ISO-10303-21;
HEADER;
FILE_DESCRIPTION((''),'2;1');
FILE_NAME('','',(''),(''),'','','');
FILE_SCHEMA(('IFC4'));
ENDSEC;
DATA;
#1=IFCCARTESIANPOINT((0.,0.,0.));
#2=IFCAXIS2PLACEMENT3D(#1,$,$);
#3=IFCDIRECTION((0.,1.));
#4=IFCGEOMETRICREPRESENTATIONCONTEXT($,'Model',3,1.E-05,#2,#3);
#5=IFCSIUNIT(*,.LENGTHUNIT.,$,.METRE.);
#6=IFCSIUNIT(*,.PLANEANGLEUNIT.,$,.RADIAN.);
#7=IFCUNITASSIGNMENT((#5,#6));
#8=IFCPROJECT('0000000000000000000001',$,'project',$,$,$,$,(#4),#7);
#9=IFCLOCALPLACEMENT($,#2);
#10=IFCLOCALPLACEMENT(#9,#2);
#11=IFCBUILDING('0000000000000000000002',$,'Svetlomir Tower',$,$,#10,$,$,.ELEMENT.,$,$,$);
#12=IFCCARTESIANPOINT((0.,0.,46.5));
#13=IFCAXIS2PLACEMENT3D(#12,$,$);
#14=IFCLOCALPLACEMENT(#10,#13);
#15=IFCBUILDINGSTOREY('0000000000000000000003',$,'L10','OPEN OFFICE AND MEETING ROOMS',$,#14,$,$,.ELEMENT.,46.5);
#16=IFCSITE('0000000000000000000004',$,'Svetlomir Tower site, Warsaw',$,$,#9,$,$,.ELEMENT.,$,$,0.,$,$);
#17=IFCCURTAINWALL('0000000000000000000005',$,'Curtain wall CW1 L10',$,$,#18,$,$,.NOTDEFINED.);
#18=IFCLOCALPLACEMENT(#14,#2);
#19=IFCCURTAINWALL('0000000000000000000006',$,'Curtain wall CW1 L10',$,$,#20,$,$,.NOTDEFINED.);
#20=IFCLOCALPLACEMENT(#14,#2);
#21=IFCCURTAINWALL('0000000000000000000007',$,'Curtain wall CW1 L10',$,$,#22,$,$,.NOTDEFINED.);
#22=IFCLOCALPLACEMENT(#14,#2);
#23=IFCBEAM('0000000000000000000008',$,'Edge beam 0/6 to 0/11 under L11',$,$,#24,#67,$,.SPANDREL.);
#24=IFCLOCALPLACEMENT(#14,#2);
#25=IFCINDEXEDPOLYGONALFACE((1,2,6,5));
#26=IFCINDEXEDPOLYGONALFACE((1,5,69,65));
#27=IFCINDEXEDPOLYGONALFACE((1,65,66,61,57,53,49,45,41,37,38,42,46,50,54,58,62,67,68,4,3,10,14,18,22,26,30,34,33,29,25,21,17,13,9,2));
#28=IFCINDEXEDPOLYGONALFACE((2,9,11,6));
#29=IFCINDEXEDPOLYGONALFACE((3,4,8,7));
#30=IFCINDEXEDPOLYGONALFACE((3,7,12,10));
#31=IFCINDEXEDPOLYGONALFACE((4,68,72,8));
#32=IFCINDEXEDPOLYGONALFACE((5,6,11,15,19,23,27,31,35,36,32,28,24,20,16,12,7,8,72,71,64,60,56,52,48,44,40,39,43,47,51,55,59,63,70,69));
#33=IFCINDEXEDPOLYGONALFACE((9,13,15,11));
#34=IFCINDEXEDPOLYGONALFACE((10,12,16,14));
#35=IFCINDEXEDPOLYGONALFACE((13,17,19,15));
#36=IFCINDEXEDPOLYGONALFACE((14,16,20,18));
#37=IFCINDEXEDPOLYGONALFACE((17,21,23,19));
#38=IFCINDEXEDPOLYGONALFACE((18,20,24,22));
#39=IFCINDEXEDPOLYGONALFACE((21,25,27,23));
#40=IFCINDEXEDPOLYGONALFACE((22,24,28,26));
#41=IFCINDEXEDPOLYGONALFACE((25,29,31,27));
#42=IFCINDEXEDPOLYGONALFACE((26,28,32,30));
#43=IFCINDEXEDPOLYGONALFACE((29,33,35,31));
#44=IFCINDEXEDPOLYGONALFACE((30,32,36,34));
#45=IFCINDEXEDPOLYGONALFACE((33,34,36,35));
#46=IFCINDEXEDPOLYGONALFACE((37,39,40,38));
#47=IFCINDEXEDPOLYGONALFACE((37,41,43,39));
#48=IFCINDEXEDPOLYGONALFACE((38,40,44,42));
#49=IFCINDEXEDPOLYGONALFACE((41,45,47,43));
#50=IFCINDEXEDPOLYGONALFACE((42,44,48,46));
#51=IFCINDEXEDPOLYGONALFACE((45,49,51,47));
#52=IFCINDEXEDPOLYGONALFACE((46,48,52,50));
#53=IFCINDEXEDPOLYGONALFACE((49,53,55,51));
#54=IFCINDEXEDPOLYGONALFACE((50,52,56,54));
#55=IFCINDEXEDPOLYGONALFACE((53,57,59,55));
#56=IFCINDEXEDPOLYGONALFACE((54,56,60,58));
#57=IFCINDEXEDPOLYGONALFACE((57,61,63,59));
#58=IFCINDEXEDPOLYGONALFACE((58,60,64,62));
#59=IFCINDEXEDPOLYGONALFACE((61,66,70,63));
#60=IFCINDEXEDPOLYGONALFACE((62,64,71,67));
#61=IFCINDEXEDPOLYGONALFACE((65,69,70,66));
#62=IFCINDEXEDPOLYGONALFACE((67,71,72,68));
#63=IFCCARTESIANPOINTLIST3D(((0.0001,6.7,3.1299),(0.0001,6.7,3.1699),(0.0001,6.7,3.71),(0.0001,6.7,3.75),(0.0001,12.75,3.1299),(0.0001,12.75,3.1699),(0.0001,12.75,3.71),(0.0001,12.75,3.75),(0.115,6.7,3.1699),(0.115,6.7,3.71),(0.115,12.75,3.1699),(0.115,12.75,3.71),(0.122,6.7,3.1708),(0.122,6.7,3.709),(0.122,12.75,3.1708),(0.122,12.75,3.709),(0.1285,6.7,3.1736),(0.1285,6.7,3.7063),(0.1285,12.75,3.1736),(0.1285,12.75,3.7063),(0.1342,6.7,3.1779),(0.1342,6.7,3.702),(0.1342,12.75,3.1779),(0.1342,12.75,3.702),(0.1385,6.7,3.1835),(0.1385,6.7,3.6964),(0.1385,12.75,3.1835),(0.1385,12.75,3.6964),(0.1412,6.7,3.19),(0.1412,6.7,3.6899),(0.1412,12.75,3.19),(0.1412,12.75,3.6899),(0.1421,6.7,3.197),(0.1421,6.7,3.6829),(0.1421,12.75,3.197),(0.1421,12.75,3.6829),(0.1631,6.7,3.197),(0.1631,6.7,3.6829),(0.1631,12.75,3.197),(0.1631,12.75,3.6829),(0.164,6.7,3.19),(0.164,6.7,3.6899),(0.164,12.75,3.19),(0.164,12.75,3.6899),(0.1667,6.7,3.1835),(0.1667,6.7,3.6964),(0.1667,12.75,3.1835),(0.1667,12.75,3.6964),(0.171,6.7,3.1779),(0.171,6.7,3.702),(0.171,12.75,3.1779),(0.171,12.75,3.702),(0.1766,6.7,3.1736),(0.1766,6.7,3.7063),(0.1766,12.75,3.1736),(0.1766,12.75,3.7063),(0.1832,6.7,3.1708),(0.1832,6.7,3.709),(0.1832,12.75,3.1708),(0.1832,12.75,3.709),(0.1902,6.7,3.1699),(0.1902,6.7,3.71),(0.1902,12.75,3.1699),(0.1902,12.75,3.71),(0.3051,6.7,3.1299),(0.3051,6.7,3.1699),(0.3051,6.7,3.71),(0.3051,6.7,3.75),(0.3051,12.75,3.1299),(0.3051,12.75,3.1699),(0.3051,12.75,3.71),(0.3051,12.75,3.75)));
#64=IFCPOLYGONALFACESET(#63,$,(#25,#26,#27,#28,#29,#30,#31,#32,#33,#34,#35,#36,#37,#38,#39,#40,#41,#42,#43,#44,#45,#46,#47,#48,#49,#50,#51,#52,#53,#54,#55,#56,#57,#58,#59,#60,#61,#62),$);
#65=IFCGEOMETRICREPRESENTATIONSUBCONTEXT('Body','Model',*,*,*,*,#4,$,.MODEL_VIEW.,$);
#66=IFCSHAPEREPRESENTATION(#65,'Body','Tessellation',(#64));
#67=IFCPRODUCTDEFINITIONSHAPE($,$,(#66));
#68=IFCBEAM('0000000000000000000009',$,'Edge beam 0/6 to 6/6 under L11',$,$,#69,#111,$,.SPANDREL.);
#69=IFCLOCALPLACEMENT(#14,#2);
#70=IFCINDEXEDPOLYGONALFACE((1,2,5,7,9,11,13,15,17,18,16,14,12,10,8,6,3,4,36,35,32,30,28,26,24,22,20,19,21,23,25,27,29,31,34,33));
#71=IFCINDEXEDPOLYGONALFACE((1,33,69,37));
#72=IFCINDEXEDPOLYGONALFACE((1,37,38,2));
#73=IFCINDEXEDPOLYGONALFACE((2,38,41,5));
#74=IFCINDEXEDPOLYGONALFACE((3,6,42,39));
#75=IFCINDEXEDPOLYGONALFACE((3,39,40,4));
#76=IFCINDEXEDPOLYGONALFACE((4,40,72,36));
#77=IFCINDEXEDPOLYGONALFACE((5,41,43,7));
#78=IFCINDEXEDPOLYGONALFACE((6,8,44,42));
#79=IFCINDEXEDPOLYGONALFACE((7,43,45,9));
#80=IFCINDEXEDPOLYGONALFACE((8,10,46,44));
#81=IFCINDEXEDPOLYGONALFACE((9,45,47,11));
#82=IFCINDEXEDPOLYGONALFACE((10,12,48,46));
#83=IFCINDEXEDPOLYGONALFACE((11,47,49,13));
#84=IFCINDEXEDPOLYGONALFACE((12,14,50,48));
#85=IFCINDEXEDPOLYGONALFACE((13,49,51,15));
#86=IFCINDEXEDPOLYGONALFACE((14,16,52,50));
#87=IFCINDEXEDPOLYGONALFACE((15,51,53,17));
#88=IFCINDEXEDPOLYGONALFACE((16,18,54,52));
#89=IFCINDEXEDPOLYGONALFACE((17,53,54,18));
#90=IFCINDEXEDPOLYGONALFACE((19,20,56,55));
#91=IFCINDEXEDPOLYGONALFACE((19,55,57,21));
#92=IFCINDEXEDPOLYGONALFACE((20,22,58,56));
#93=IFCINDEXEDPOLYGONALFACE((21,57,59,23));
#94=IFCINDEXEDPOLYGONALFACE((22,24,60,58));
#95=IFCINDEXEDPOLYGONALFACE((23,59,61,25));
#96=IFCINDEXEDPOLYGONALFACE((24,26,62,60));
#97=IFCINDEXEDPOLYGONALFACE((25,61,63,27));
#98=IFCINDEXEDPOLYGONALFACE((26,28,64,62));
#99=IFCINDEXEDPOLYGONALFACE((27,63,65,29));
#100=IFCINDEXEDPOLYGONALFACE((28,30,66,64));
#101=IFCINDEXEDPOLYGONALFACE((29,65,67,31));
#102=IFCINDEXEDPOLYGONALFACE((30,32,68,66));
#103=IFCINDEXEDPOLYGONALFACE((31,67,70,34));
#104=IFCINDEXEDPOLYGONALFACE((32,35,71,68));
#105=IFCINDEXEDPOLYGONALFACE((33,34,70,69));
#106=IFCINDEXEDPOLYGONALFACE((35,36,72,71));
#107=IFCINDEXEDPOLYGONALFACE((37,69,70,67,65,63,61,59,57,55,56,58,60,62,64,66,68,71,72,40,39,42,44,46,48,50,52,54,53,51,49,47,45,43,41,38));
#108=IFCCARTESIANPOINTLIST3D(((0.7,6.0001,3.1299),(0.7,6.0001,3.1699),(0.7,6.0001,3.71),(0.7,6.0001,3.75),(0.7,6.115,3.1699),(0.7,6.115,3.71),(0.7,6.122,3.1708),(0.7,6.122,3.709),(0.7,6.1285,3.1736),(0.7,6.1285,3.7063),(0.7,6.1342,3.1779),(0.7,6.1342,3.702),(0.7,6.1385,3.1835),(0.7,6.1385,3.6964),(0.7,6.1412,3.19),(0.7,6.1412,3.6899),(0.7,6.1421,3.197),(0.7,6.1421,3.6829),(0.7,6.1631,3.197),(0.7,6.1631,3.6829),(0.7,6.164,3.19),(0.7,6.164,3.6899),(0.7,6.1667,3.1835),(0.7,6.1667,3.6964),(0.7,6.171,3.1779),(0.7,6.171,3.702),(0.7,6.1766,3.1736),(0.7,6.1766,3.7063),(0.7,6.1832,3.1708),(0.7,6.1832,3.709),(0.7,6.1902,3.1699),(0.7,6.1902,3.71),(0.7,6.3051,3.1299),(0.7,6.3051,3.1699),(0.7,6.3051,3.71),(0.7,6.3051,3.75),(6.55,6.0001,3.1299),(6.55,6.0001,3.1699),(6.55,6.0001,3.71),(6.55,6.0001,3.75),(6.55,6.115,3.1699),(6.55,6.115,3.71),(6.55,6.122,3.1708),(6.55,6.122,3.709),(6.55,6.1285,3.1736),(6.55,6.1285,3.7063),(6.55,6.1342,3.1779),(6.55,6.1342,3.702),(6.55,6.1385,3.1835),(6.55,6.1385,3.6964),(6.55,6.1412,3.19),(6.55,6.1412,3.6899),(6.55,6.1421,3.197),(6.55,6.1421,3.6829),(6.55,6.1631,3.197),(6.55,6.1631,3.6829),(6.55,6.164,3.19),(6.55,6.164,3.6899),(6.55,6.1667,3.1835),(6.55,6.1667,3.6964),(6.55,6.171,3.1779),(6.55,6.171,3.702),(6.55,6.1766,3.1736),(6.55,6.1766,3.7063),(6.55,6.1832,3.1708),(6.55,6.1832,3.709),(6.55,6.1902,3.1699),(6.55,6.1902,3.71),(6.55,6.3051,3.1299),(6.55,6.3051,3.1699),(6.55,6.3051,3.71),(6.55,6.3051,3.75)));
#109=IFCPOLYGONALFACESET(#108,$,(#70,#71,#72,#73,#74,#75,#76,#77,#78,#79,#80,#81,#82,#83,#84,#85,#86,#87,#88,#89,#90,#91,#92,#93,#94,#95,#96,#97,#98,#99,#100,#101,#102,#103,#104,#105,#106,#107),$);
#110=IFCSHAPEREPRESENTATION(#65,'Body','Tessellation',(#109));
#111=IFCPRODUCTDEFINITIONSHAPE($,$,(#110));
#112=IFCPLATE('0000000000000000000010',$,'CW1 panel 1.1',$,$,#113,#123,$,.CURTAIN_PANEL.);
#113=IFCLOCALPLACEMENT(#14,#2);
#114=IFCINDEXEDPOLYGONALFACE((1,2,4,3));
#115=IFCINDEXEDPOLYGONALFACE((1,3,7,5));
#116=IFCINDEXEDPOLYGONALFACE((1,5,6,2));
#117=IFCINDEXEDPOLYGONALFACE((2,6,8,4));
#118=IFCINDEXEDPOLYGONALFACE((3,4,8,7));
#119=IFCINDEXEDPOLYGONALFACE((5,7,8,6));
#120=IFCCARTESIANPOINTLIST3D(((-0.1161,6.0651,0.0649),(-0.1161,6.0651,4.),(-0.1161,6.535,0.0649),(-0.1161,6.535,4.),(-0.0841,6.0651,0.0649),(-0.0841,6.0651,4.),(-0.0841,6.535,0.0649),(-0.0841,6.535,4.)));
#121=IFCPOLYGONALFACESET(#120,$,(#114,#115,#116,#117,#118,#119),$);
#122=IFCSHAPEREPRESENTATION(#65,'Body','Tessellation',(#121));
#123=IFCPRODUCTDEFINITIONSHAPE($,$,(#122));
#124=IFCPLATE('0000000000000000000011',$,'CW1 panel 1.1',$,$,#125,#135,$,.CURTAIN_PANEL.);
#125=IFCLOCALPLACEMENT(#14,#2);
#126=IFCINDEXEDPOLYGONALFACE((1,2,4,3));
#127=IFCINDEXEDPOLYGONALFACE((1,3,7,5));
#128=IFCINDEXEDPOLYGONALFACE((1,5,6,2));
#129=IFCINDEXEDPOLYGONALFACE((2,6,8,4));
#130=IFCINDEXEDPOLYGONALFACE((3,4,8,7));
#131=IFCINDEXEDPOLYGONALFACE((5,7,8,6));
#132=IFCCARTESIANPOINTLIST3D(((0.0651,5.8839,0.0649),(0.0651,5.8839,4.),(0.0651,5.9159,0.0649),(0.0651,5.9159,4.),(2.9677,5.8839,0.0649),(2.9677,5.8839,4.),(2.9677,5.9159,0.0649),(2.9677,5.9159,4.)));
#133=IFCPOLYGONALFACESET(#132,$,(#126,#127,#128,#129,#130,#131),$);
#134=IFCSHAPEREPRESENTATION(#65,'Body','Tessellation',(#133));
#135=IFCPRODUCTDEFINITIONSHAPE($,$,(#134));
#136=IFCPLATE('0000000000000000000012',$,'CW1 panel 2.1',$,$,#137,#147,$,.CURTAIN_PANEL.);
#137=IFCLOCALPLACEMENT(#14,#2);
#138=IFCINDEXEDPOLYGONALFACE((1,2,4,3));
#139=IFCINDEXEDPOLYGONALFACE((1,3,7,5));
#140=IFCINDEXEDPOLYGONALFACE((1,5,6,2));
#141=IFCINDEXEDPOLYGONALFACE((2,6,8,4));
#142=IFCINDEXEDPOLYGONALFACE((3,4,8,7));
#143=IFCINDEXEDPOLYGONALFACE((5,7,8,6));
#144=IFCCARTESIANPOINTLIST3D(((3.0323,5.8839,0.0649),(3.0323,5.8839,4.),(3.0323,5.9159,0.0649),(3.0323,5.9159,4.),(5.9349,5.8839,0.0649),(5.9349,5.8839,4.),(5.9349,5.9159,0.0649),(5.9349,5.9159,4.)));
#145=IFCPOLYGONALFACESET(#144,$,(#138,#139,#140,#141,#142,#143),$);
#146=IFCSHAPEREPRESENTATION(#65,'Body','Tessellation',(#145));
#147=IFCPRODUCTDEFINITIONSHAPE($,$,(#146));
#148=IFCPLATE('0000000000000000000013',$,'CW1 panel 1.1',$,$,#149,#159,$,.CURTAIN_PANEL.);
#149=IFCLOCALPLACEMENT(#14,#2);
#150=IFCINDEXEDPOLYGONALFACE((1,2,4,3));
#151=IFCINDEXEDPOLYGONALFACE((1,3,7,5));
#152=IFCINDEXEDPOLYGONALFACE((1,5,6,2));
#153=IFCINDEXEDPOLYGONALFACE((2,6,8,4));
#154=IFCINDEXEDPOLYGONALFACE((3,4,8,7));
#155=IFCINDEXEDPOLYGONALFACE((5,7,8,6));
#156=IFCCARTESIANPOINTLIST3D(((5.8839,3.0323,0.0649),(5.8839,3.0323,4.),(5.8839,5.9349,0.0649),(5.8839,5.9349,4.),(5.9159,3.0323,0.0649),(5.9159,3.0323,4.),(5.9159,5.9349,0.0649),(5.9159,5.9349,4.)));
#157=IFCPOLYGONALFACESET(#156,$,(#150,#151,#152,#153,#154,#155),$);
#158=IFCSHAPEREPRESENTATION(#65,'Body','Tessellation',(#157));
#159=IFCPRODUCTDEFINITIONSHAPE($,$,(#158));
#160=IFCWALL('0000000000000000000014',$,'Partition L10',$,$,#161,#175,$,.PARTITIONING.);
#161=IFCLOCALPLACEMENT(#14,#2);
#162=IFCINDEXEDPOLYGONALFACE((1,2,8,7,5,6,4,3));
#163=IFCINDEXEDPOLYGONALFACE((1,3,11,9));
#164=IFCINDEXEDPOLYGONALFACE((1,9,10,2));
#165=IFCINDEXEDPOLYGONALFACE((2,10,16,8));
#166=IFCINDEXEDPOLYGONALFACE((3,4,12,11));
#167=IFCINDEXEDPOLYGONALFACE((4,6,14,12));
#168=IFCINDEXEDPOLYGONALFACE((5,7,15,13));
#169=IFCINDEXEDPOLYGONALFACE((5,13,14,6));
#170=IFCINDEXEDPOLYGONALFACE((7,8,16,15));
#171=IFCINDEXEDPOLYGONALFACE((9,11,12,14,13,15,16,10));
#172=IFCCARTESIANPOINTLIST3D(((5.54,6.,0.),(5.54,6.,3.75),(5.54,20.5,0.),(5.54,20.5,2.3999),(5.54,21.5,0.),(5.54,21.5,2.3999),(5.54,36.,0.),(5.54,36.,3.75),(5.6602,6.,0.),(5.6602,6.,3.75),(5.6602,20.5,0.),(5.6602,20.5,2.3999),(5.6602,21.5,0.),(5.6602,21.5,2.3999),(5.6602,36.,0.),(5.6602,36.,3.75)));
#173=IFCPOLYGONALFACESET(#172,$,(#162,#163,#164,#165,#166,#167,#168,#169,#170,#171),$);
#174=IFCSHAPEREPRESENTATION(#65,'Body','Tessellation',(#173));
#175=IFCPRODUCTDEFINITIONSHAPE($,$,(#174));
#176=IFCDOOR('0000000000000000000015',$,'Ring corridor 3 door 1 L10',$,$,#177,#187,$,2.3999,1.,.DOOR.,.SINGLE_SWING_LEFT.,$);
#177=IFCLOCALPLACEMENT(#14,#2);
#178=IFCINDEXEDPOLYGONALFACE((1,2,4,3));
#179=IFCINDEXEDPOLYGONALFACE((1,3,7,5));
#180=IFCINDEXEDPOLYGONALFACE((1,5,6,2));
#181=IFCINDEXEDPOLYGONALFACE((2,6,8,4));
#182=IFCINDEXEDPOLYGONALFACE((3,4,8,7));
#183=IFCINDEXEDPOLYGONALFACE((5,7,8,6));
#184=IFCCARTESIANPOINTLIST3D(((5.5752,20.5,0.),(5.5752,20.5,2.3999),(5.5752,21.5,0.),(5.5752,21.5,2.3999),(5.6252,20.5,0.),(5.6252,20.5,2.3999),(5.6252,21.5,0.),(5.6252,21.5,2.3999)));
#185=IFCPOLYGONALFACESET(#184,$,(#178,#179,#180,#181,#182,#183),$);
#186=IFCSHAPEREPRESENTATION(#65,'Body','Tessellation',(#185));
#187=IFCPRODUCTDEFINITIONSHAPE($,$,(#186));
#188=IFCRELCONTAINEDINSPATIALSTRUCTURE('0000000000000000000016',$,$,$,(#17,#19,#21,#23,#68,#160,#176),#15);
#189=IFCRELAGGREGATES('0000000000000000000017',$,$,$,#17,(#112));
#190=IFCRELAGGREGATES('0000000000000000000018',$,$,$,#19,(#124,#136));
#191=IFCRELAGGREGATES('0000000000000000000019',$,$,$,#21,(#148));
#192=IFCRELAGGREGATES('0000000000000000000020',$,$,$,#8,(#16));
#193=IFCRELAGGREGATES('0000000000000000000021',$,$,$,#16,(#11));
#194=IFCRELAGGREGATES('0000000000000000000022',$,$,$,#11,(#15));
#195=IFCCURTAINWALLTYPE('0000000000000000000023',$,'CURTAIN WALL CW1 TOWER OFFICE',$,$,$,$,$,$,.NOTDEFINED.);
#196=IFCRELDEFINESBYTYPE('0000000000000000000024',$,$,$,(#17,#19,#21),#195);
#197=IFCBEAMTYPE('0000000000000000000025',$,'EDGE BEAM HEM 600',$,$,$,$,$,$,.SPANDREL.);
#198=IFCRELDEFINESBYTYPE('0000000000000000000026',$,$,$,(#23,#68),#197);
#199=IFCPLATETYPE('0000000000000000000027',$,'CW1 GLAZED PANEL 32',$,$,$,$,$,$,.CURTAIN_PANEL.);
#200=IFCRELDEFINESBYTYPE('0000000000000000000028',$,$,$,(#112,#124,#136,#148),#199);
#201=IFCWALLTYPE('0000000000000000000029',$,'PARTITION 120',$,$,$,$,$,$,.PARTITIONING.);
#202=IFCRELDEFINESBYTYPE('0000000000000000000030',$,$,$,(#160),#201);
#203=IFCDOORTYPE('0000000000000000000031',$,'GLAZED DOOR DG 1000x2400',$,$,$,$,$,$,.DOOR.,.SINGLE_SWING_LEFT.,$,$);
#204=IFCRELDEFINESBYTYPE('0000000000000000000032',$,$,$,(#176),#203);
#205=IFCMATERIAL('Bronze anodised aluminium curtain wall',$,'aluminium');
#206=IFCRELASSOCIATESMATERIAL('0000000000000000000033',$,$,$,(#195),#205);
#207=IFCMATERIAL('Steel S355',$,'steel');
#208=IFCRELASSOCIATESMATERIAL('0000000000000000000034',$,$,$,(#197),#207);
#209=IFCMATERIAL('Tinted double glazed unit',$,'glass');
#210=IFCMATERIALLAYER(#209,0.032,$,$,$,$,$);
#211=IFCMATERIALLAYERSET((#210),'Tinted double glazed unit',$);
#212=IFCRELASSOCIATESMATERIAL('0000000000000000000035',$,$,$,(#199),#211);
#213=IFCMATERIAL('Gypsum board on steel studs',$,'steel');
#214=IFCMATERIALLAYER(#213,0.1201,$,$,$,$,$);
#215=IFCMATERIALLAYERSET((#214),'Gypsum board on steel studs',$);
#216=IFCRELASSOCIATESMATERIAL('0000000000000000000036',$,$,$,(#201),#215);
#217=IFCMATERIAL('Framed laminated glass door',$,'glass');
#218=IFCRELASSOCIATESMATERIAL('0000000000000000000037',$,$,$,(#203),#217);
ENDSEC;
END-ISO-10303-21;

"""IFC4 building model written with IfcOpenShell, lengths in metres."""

from ifc_helpers import new_model, si_unit, direction, frame, frame_2d, origin, origin_2d, place, context, subcontext, project, spatial, rectangle, i_section, extrude, material, layer, layer_set, material_profile, profile_set, type_object, element, fill, aggregate, save


model = new_model("IFC4")

# Units and contexts
model_context = context("Model", 3, precision=1e-05, world=origin(), true_north=direction((0.0, 1.0)))
body_context = subcontext(model_context, "Body", "Model", "MODEL_VIEW")
ifc_project = project(units=[si_unit("LENGTHUNIT", "METRE"), si_unit("PLANEANGLEUNIT", "RADIAN")], contexts=[model_context])

# Site, building, storey
site_placement = place(None, origin())
site = spatial("IfcSite", under=ifc_project, at=site_placement, Name="Svetlomir Tower site, Warsaw", CompositionType="ELEMENT", RefElevation=0.0)
building_placement = place(site_placement, origin())
building = spatial("IfcBuilding", under=site, at=building_placement, Name="Svetlomir Tower", CompositionType="ELEMENT")
storey_placement = place(building_placement, frame((0.0, 0.0, 46.5)))
storey = spatial("IfcBuildingStorey", under=building, at=storey_placement, Name="L10", Description="OPEN OFFICE AND MEETING ROOMS", CompositionType="ELEMENT", Elevation=46.5)

# Curtain walls
ifc_material_1 = material(Name="Bronze anodised aluminium curtain wall", Category="aluminium")
curtain_wall_type = type_object("IfcCurtainWallType", Name="CURTAIN WALL CW1 TOWER OFFICE", PredefinedType="NOTDEFINED", material=ifc_material_1)
curtain_wall_1_placement = place(storey_placement, origin())
curtain_wall_1 = element("IfcCurtainWall", 1, at=curtain_wall_1_placement, inside=storey, type_object=curtain_wall_type, Name="Curtain wall CW1 L10", PredefinedType="NOTDEFINED")
curtain_wall_2_placement = place(storey_placement, origin())
curtain_wall_2 = element("IfcCurtainWall", 2, at=curtain_wall_2_placement, inside=storey, type_object=curtain_wall_type, Name="Curtain wall CW1 L10", PredefinedType="NOTDEFINED")

# Curtain wall
curtain_wall_3_placement = place(storey_placement, origin())
curtain_wall_3 = element("IfcCurtainWall", 3, at=curtain_wall_3_placement, inside=storey, type_object=curtain_wall_type, Name="Curtain wall CW1 L10", PredefinedType="NOTDEFINED")

# Beams
ifc_material_2 = material(Name="Steel S355", Category="steel")
ifc_material_profile_1 = material_profile(ifc_material_2, i_section(OverallWidth=0.3049, OverallDepth=0.6201, WebThickness=0.021, FlangeThickness=0.04, FilletRadius=0.0271, at=origin_2d()), Name="HEM 600")
ifc_profile_set_1 = profile_set([ifc_material_profile_1], Name="Steel S355")
beam_type_1 = type_object("IfcBeamType", Name="EDGE BEAM HEM 600", PredefinedType="SPANDREL", material=ifc_profile_set_1)
beam_1_placement = place(storey_placement, frame((0.1526, 6.7, 3.4399), z_axis=(0.0, 1.0, 0.0), x_axis=(-1.0, 0.0, 0.0)))
element("IfcBeam", 4, at=beam_1_placement, inside=storey, type_object=beam_type_1, Name="Edge beam 0/6 to 0/11 under L11", PredefinedType="SPANDREL", context=body_context, shape_type="SweptSolid", body=[
    extrude(i_section(OverallWidth=0.3049, OverallDepth=0.6201, WebThickness=0.021, FlangeThickness=0.04, FilletRadius=0.0271, at=origin_2d()), origin(), (0.0, 0.0, 1.0), 6.05),
])
beam_2_placement = place(storey_placement, frame((0.7, 6.1526, 3.4399), z_axis=(1.0, 0.0, 0.0), x_axis=(0.0, 1.0, 0.0)))
element("IfcBeam", 5, at=beam_2_placement, inside=storey, type_object=beam_type_1, Name="Edge beam 0/6 to 6/6 under L11", PredefinedType="SPANDREL", context=body_context, shape_type="SweptSolid", body=[
    extrude(i_section(OverallWidth=0.3049, OverallDepth=0.6201, WebThickness=0.021, FlangeThickness=0.04, FilletRadius=0.0271, at=origin_2d()), origin(), (0.0, 0.0, 1.0), 5.8501),
])

# Plates
ifc_material_3 = material(Name="Tinted double glazed unit", Category="glass")
ifc_layer_1 = layer(ifc_material_3, 0.032)
ifc_layer_set_1 = layer_set([ifc_layer_1], Name="Tinted double glazed unit")
plate_type = type_object("IfcPlateType", Name="CW1 GLAZED PANEL 32", PredefinedType="CURTAIN_PANEL", material=ifc_layer_set_1)
plate_1_placement = place(storey_placement, frame((-0.1001, 6.3, 0.0649), z_axis=(0.0, 0.0, 1.0), x_axis=(0.0, -1.0, 0.0)))
plate_1 = element("IfcPlate", 6, at=plate_1_placement, type_object=plate_type, Name="CW1 panel 1.1", PredefinedType="CURTAIN_PANEL", context=body_context, shape_type="SweptSolid", body=[
    extrude(rectangle(XDim=0.47, YDim=0.032, at=origin_2d()), origin(), (0.0, 0.0, 1.0), 3.9351),
])
aggregate(curtain_wall_1, [plate_1])
plate_2_placement = place(storey_placement, frame((1.5164, 5.8999, 0.0649), z_axis=(0.0, 0.0, 1.0), x_axis=(1.0, 0.0, 0.0)))
plate_2 = element("IfcPlate", 7, at=plate_2_placement, type_object=plate_type, Name="CW1 panel 1.1", PredefinedType="CURTAIN_PANEL", context=body_context, shape_type="SweptSolid", body=[
    extrude(rectangle(XDim=2.9026, YDim=0.032, at=origin_2d()), origin(), (0.0, 0.0, 1.0), 3.9351),
])
plate_3_placement = place(storey_placement, frame((4.4836, 5.8999, 0.0649), z_axis=(0.0, 0.0, 1.0), x_axis=(1.0, 0.0, 0.0)))
plate_3 = element("IfcPlate", 8, at=plate_3_placement, type_object=plate_type, Name="CW1 panel 2.1", PredefinedType="CURTAIN_PANEL", context=body_context, shape_type="SweptSolid", body=[
    extrude(rectangle(XDim=2.9026, YDim=0.032, at=origin_2d()), origin(), (0.0, 0.0, 1.0), 3.9351),
])
aggregate(curtain_wall_2, [plate_2, plate_3])
plate_4_placement = place(storey_placement, frame((5.8999, 4.4836, 0.0649), z_axis=(0.0, 0.0, 1.0), x_axis=(0.0, -1.0, 0.0)))
plate_4 = element("IfcPlate", 9, at=plate_4_placement, type_object=plate_type, Name="CW1 panel 1.1", PredefinedType="CURTAIN_PANEL", context=body_context, shape_type="SweptSolid", body=[
    extrude(rectangle(XDim=2.9026, YDim=0.032, at=origin_2d()), origin(), (0.0, 0.0, 1.0), 3.9351),
])
aggregate(curtain_wall_3, [plate_4])

# Wall, opening, door
ifc_material_4 = material(Name="Gypsum board on steel studs", Category="steel")
ifc_layer_2 = layer(ifc_material_4, 0.1201)
ifc_layer_set_2 = layer_set([ifc_layer_2], Name="Gypsum board on steel studs")
wall_type_1 = type_object("IfcWallType", Name="PARTITION 120", PredefinedType="PARTITIONING", material=ifc_layer_set_2)
wall_1_placement = place(storey_placement, frame((5.6001, 6.0, 0.0), z_axis=(0.0, 0.0, 1.0), x_axis=(0.0, 1.0, 0.0)))
wall_1 = element("IfcWall", 10, at=wall_1_placement, inside=storey, type_object=wall_type_1, Name="Partition L10", PredefinedType="PARTITIONING", context=body_context, shape_type="SweptSolid", body=[
    extrude(rectangle(XDim=30.0, YDim=0.1201, at=frame_2d((15.0, 0.0))), origin(), (0.0, 0.0, 1.0), 3.75),
])
opening_1_placement = place(wall_1_placement, frame((14.5, 0.0, 0.0)))
opening_1 = element("IfcOpeningElement", 11, at=opening_1_placement, cuts=wall_1, PredefinedType="OPENING", context=body_context, shape_type="SweptSolid", body=[
    extrude(rectangle(XDim=1.0, YDim=2.3999, at=frame_2d((0.5, 1.2))), frame((0.0, 0.0701, 0.0), z_axis=(0.0, -1.0, 0.0), x_axis=(1.0, 0.0, 0.0)), (0.0, 0.0, 1.0), 0.1401),
])
ifc_material_5 = material(Name="Framed laminated glass door", Category="glass")
door_type_1 = type_object("IfcDoorType", Name="GLAZED DOOR DG 1000x2400", OperationType="SINGLE_SWING_LEFT", PredefinedType="DOOR", material=ifc_material_5)
door_1_placement = place(opening_1_placement, origin())
door_1 = element("IfcDoor", 12, at=door_1_placement, inside=storey, type_object=door_type_1, Name="Ring corridor 3 door 1 L10", OperationType="SINGLE_SWING_LEFT", OverallHeight=2.3999, OverallWidth=1.0, PredefinedType="DOOR", context=body_context, shape_type="SweptSolid", body=[
    extrude(rectangle(XDim=1.0, YDim=2.3999, at=frame_2d((0.5, 1.2))), frame((0.0, 0.0249, 0.0), z_axis=(0.0, -1.0, 0.0), x_axis=(1.0, 0.0, 0.0)), (0.0, 0.0, 1.0), 0.05),
])
fill(opening_1, door_1)

save(model, "model.ifc")
